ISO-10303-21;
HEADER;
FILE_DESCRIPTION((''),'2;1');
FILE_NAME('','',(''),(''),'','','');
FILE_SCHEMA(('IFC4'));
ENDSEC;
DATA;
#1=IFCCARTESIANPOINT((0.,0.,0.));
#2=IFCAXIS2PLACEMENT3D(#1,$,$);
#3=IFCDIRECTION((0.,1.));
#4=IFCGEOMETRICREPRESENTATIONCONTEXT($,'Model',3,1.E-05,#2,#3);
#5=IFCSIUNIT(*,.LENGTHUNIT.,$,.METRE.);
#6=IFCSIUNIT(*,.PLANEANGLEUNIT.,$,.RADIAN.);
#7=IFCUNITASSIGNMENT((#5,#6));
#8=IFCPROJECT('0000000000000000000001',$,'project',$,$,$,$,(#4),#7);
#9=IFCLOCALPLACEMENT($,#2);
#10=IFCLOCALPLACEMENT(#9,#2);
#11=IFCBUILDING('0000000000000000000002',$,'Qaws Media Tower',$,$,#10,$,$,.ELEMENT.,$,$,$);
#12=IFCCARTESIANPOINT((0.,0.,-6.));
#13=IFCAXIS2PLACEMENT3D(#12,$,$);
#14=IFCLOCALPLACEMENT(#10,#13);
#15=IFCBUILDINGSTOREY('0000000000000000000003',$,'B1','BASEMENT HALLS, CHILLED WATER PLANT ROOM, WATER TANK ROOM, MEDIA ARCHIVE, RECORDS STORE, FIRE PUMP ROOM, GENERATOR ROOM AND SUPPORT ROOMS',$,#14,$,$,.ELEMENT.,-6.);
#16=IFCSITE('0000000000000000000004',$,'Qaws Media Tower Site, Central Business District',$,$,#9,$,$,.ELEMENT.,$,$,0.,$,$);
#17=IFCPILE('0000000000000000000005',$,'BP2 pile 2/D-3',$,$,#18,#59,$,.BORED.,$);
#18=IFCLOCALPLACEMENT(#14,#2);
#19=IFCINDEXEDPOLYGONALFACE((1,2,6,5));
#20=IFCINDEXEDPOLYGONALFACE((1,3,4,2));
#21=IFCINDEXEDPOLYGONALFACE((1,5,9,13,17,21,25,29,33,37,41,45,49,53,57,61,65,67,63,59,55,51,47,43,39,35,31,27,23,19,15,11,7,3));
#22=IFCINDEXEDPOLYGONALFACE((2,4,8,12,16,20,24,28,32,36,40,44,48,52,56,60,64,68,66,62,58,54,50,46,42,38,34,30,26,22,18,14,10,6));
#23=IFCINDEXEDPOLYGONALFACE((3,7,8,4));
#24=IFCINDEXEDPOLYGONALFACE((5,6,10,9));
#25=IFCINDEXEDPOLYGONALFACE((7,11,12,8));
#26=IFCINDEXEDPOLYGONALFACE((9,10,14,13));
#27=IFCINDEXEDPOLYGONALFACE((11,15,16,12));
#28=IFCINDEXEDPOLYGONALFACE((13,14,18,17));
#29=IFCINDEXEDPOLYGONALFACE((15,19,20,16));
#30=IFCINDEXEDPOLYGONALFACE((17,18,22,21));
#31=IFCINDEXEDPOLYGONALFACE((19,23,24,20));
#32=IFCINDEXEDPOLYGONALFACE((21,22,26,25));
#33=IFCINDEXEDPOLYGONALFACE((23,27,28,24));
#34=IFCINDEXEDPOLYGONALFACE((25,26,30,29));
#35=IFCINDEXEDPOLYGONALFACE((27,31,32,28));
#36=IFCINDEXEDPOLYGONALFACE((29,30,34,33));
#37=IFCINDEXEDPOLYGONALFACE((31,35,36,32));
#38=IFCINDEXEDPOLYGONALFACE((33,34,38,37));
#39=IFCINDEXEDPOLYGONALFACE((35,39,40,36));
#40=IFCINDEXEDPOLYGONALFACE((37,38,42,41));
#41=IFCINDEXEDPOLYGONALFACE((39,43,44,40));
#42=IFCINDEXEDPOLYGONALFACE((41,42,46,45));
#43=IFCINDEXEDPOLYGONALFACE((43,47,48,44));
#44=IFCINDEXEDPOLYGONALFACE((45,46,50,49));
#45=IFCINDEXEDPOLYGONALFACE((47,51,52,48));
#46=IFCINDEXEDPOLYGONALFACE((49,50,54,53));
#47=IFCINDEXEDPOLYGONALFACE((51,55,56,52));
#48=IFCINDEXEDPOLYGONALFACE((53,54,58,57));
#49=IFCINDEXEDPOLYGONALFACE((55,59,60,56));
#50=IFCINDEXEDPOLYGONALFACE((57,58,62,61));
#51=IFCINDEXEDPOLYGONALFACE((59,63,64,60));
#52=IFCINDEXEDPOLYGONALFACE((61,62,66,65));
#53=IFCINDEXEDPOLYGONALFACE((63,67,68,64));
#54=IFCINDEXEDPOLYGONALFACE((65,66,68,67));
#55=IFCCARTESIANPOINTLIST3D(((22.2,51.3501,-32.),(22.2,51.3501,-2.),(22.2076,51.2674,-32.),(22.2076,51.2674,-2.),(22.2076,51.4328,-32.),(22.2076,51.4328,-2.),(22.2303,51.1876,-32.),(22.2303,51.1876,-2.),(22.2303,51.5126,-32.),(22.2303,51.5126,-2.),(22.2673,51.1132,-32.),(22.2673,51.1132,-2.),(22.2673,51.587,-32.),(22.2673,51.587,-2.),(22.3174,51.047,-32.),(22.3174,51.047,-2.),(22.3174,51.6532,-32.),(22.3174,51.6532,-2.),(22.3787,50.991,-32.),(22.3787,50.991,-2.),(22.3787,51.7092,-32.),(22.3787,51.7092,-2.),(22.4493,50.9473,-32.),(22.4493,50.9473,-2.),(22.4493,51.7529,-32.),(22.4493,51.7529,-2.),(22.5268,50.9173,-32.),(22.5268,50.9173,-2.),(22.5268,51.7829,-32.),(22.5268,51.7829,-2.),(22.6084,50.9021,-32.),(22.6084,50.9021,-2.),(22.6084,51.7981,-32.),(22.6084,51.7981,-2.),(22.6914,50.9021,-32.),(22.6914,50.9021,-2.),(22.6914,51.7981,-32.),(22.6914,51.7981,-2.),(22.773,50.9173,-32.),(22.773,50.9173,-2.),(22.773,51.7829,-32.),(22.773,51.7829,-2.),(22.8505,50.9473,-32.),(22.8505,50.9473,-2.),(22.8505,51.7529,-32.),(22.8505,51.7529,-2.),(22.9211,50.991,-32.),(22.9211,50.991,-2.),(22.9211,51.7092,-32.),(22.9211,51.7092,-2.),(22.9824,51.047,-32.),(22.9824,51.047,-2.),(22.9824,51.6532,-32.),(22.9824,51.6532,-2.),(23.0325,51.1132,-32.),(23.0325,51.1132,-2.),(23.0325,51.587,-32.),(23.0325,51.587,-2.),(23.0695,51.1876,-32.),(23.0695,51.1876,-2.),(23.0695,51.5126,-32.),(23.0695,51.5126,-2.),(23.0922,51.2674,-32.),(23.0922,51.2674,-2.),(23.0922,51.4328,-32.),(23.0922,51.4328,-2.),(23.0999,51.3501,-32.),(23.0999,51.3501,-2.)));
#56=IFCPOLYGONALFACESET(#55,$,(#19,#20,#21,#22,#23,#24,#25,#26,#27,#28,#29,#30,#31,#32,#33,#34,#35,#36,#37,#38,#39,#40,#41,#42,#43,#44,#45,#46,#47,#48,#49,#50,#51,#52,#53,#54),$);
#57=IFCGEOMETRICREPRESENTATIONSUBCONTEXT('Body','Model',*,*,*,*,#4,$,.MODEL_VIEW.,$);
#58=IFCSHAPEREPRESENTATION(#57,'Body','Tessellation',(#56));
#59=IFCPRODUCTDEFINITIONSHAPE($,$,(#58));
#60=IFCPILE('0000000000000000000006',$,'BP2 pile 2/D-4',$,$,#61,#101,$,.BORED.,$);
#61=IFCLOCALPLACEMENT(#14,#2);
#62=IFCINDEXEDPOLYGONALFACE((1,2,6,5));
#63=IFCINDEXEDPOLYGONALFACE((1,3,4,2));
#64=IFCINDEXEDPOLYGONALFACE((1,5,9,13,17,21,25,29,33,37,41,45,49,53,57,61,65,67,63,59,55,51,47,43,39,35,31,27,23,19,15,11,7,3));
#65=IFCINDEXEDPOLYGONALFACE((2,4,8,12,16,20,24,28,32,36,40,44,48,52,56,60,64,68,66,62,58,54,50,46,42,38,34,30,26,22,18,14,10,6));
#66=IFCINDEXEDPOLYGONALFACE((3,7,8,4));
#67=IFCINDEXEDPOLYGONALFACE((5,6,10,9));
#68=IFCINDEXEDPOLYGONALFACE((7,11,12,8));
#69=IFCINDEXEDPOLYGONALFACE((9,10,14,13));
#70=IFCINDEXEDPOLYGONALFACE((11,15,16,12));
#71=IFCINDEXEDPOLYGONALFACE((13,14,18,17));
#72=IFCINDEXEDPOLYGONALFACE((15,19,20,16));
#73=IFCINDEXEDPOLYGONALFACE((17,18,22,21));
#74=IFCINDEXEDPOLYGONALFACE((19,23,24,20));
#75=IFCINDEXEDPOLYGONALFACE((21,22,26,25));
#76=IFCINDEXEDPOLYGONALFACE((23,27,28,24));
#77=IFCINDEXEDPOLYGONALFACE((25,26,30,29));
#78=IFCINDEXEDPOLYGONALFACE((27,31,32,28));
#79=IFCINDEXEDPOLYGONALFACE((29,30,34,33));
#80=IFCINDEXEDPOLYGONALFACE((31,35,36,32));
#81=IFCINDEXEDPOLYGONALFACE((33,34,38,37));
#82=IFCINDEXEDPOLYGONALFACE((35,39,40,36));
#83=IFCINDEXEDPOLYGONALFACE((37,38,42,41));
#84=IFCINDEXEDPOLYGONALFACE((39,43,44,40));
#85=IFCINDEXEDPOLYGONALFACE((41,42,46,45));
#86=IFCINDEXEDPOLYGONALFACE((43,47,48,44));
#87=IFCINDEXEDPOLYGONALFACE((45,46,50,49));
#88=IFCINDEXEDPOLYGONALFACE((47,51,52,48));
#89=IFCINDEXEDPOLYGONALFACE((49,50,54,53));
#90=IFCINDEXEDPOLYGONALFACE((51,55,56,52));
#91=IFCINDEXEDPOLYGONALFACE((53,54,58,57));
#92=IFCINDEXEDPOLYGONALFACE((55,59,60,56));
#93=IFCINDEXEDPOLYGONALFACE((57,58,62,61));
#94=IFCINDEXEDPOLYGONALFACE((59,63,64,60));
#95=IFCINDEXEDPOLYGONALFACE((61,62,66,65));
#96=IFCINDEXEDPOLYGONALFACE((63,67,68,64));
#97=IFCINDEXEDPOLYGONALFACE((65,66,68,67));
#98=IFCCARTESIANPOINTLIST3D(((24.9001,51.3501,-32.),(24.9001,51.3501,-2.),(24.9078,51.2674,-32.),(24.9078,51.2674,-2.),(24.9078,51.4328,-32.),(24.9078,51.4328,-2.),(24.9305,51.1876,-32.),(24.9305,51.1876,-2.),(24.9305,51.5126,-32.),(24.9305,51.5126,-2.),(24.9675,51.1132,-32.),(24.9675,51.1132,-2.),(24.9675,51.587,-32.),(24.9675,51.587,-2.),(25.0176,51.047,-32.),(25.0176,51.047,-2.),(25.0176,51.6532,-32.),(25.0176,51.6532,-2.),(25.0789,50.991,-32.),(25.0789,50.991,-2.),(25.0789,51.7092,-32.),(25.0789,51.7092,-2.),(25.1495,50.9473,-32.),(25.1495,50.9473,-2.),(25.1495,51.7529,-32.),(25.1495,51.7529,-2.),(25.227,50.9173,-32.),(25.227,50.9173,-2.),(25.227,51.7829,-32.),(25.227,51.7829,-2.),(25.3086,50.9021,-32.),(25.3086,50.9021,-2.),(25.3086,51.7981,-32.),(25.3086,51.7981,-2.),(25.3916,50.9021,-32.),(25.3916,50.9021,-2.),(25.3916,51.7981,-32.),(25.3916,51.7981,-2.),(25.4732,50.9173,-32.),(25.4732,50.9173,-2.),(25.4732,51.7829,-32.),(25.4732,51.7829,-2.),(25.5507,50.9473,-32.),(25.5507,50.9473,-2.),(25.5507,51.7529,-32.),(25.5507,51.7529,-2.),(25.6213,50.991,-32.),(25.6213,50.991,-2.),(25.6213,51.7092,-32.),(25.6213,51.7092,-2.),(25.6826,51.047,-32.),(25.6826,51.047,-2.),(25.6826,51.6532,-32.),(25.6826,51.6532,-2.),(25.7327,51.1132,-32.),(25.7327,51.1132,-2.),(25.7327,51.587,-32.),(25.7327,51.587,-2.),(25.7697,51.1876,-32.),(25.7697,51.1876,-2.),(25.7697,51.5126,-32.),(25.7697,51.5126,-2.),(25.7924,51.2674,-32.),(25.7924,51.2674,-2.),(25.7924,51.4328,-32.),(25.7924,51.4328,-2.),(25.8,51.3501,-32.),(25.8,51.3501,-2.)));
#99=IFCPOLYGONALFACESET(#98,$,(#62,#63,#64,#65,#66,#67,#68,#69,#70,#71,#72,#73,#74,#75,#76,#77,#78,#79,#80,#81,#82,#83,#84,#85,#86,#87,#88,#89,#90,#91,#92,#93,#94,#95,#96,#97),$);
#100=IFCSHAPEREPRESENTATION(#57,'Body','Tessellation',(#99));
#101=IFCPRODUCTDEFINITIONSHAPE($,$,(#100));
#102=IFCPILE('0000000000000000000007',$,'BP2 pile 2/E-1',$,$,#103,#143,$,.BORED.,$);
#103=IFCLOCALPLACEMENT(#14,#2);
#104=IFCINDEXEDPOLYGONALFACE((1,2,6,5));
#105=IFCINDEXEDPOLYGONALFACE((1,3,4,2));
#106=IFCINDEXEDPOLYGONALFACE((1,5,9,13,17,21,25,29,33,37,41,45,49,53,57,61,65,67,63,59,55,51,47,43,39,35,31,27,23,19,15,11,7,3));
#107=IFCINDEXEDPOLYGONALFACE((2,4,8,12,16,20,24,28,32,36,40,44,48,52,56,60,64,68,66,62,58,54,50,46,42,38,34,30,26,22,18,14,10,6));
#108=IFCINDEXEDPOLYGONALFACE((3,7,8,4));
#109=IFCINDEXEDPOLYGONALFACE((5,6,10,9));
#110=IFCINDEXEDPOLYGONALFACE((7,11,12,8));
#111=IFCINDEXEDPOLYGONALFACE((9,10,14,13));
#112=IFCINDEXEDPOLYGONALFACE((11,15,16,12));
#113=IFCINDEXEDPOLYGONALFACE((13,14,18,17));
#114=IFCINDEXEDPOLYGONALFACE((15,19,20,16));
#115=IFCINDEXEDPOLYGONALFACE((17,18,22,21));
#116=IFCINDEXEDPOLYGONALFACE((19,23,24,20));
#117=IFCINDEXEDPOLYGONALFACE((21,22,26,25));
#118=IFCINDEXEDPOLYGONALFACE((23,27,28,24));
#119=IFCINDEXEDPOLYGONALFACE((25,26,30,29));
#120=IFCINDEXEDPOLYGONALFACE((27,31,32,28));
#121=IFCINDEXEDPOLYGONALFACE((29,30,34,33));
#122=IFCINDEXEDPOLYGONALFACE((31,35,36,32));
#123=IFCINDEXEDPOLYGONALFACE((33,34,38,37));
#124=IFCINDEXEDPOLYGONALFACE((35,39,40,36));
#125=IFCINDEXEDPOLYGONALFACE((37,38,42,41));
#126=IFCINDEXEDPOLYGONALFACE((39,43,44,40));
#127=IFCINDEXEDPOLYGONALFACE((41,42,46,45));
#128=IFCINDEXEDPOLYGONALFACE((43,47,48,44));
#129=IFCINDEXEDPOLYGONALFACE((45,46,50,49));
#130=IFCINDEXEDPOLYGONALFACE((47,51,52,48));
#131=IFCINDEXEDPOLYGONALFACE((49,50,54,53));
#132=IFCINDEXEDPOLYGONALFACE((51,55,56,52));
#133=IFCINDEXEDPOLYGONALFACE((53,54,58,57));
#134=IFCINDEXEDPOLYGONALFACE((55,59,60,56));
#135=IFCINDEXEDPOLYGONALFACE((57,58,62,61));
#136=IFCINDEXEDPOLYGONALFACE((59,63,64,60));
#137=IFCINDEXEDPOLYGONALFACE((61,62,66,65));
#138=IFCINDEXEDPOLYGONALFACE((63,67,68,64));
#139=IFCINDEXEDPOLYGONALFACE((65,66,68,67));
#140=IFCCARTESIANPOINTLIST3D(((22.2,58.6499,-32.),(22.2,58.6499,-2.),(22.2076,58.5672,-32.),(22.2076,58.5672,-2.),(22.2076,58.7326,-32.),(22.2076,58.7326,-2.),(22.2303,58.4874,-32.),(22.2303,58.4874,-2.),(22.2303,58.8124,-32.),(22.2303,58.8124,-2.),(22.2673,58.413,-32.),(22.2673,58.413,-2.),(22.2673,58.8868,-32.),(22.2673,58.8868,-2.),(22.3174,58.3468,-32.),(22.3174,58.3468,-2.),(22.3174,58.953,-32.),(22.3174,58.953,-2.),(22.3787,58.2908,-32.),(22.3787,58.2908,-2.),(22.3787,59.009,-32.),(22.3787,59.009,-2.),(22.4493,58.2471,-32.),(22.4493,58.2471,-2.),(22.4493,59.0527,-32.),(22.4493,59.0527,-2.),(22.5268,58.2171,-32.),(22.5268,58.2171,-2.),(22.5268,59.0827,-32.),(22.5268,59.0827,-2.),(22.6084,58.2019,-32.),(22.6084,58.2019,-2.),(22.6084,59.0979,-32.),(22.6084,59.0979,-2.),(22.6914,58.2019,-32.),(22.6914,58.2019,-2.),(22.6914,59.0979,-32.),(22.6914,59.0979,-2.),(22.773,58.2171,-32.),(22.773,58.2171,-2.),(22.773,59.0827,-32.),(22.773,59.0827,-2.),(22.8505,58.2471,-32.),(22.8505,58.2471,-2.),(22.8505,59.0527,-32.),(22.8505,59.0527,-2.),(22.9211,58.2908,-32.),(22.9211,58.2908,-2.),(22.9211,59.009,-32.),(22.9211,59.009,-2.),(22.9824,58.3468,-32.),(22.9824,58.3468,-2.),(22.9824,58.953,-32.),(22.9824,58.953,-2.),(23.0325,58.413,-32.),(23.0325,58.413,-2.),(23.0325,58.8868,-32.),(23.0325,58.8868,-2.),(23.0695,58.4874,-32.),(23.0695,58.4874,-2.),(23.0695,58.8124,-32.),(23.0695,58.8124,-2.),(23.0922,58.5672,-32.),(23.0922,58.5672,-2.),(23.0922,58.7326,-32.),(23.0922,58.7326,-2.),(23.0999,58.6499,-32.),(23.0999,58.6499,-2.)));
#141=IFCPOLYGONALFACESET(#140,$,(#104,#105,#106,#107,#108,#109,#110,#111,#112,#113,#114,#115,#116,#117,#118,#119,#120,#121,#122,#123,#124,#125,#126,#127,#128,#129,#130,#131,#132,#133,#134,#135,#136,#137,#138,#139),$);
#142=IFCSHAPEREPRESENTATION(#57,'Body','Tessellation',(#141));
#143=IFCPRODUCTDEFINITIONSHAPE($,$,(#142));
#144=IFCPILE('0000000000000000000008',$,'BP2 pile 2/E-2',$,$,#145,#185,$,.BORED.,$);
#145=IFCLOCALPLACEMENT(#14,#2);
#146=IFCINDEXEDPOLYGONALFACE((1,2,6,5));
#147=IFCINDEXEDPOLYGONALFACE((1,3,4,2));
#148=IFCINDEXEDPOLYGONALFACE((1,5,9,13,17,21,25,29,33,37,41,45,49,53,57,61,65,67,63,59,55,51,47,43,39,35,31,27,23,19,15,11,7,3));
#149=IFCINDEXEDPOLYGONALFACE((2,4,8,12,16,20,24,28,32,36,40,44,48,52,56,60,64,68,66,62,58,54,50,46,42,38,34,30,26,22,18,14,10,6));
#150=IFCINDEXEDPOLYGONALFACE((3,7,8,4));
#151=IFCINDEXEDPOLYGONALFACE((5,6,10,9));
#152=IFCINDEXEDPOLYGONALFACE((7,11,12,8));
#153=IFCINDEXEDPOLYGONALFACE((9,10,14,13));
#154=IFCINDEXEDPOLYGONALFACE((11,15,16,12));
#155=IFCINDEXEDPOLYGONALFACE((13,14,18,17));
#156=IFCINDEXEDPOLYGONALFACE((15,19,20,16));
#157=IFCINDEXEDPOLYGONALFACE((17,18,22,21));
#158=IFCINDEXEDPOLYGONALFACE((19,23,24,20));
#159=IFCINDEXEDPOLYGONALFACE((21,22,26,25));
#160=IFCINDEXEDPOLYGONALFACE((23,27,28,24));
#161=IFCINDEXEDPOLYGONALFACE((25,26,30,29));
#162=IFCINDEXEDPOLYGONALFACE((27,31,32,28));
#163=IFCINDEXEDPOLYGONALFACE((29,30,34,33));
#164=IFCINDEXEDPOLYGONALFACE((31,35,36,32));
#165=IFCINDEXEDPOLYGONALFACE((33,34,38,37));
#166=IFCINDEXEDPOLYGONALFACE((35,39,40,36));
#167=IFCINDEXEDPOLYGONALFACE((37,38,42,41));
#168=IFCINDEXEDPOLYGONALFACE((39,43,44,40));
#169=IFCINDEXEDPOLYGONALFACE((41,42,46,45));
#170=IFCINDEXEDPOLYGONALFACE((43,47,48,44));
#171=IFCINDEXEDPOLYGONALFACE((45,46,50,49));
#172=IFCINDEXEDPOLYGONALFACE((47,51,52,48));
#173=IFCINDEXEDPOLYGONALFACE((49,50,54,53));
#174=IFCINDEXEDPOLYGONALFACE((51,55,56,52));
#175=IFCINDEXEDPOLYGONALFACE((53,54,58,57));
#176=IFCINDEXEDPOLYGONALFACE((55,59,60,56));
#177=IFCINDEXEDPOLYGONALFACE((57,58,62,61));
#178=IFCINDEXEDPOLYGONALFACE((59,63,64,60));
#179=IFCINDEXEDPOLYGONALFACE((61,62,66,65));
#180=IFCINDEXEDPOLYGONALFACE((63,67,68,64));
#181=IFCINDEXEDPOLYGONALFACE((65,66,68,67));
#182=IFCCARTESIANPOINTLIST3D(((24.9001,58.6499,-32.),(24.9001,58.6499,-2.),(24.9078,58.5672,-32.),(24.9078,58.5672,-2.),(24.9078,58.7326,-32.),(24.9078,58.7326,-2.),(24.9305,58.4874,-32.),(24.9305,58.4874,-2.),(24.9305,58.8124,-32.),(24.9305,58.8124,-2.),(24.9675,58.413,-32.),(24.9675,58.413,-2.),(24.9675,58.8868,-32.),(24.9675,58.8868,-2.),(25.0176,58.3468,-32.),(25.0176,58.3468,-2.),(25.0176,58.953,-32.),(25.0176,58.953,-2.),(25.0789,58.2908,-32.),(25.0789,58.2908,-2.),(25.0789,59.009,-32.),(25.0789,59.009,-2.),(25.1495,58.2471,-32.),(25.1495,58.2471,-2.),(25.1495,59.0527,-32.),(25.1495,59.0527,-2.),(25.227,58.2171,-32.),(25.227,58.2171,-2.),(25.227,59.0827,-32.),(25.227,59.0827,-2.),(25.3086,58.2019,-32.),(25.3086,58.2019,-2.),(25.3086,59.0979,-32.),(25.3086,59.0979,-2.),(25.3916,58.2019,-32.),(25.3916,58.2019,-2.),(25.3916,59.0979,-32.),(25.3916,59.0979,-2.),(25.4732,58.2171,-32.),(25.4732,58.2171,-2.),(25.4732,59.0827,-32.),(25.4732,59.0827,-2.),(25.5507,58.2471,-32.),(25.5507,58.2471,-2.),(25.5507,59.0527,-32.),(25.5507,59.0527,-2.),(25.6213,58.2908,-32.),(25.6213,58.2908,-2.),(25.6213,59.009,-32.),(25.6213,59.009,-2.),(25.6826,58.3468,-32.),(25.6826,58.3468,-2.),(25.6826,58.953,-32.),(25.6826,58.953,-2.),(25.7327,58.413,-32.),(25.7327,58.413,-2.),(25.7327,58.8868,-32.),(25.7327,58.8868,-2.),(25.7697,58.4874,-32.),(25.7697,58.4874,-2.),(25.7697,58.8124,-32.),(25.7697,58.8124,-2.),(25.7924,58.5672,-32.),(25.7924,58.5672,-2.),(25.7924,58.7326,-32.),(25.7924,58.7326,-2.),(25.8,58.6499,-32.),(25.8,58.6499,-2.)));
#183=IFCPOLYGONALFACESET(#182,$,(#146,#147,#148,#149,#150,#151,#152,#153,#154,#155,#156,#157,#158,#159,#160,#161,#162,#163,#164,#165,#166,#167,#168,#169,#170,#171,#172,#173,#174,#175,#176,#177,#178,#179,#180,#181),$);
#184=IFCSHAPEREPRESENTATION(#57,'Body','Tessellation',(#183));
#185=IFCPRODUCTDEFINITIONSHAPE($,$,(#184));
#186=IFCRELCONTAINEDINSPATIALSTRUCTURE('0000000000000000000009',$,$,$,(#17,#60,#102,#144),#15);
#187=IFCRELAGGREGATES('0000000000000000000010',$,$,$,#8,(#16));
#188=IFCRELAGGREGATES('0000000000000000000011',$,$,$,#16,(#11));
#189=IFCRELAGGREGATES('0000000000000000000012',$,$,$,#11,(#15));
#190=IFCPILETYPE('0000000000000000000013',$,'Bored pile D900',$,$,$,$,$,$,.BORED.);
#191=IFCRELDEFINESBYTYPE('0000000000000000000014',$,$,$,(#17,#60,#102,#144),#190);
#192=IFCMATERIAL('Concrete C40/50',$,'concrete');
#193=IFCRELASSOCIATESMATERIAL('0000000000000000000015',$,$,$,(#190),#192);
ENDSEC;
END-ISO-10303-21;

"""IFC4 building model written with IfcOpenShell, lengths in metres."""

from ifc_helpers import new_model, si_unit, direction, frame, origin, origin_2d, place, context, subcontext, project, spatial, circle, extrude, material, material_profile, profile_set, type_object, element, save


model = new_model("IFC4")

# Units and contexts
model_context = context("Model", 3, precision=1e-05, world=origin(), true_north=direction((0.0, 1.0)))
body_context = subcontext(model_context, "Body", "Model", "MODEL_VIEW")
ifc_project = project(units=[si_unit("LENGTHUNIT", "METRE"), si_unit("PLANEANGLEUNIT", "RADIAN")], contexts=[model_context])

# Site, building, storey
site_placement = place(None, origin())
site = spatial("IfcSite", under=ifc_project, at=site_placement, Name="Qaws Media Tower Site, Central Business District", CompositionType="ELEMENT", RefElevation=0.0)
building_placement = place(site_placement, origin())
building = spatial("IfcBuilding", under=site, at=building_placement, Name="Qaws Media Tower", CompositionType="ELEMENT")
storey_placement = place(building_placement, frame((0.0, 0.0, -6.0)))
storey = spatial("IfcBuildingStorey", under=building, at=storey_placement, Name="B1", Description="BASEMENT HALLS, CHILLED WATER PLANT ROOM, WATER TANK ROOM, MEDIA ARCHIVE, RECORDS STORE, FIRE PUMP ROOM, GENERATOR ROOM AND SUPPORT ROOMS", CompositionType="ELEMENT", Elevation=-6.0)

# Piles
ifc_material_1 = material(Name="Concrete C40/50", Category="concrete")
ifc_material_profile_1 = material_profile(ifc_material_1, circle(Radius=0.45, at=origin_2d()), Name="D900")
ifc_profile_set_1 = profile_set([ifc_material_profile_1], Name="Concrete C40/50")
pile_type = type_object("IfcPileType", Name="Bored pile D900", PredefinedType="BORED", material=ifc_profile_set_1)
for number, where, z_axis, x_axis, name in (
    (1, (22.6499, 51.3501, -2.0), (0.0, 0.0, -1.0), (1.0, 0.0, 0.0), "BP2 pile 2/D-3"),
    (2, (25.3501, 51.3501, -2.0), (0.0, 0.0, -1.0), (1.0, 0.0, 0.0), "BP2 pile 2/D-4"),
    (3, (22.6499, 58.6499, -2.0), (0.0, 0.0, -1.0), (1.0, 0.0, 0.0), "BP2 pile 2/E-1"),
    (4, (25.3501, 58.6499, -2.0), (0.0, 0.0, -1.0), (1.0, 0.0, 0.0), "BP2 pile 2/E-2"),
):
    element("IfcPile", number, at=place(storey_placement, frame(where, z_axis=z_axis, x_axis=x_axis)), inside=storey, type_object=pile_type, Name=name, PredefinedType="BORED", context=body_context, shape_type="SweptSolid", body=[
        extrude(circle(Radius=0.45, at=origin_2d()), origin(), (0.0, 0.0, 1.0), 30.0),
    ])

save(model, "model.ifc")
